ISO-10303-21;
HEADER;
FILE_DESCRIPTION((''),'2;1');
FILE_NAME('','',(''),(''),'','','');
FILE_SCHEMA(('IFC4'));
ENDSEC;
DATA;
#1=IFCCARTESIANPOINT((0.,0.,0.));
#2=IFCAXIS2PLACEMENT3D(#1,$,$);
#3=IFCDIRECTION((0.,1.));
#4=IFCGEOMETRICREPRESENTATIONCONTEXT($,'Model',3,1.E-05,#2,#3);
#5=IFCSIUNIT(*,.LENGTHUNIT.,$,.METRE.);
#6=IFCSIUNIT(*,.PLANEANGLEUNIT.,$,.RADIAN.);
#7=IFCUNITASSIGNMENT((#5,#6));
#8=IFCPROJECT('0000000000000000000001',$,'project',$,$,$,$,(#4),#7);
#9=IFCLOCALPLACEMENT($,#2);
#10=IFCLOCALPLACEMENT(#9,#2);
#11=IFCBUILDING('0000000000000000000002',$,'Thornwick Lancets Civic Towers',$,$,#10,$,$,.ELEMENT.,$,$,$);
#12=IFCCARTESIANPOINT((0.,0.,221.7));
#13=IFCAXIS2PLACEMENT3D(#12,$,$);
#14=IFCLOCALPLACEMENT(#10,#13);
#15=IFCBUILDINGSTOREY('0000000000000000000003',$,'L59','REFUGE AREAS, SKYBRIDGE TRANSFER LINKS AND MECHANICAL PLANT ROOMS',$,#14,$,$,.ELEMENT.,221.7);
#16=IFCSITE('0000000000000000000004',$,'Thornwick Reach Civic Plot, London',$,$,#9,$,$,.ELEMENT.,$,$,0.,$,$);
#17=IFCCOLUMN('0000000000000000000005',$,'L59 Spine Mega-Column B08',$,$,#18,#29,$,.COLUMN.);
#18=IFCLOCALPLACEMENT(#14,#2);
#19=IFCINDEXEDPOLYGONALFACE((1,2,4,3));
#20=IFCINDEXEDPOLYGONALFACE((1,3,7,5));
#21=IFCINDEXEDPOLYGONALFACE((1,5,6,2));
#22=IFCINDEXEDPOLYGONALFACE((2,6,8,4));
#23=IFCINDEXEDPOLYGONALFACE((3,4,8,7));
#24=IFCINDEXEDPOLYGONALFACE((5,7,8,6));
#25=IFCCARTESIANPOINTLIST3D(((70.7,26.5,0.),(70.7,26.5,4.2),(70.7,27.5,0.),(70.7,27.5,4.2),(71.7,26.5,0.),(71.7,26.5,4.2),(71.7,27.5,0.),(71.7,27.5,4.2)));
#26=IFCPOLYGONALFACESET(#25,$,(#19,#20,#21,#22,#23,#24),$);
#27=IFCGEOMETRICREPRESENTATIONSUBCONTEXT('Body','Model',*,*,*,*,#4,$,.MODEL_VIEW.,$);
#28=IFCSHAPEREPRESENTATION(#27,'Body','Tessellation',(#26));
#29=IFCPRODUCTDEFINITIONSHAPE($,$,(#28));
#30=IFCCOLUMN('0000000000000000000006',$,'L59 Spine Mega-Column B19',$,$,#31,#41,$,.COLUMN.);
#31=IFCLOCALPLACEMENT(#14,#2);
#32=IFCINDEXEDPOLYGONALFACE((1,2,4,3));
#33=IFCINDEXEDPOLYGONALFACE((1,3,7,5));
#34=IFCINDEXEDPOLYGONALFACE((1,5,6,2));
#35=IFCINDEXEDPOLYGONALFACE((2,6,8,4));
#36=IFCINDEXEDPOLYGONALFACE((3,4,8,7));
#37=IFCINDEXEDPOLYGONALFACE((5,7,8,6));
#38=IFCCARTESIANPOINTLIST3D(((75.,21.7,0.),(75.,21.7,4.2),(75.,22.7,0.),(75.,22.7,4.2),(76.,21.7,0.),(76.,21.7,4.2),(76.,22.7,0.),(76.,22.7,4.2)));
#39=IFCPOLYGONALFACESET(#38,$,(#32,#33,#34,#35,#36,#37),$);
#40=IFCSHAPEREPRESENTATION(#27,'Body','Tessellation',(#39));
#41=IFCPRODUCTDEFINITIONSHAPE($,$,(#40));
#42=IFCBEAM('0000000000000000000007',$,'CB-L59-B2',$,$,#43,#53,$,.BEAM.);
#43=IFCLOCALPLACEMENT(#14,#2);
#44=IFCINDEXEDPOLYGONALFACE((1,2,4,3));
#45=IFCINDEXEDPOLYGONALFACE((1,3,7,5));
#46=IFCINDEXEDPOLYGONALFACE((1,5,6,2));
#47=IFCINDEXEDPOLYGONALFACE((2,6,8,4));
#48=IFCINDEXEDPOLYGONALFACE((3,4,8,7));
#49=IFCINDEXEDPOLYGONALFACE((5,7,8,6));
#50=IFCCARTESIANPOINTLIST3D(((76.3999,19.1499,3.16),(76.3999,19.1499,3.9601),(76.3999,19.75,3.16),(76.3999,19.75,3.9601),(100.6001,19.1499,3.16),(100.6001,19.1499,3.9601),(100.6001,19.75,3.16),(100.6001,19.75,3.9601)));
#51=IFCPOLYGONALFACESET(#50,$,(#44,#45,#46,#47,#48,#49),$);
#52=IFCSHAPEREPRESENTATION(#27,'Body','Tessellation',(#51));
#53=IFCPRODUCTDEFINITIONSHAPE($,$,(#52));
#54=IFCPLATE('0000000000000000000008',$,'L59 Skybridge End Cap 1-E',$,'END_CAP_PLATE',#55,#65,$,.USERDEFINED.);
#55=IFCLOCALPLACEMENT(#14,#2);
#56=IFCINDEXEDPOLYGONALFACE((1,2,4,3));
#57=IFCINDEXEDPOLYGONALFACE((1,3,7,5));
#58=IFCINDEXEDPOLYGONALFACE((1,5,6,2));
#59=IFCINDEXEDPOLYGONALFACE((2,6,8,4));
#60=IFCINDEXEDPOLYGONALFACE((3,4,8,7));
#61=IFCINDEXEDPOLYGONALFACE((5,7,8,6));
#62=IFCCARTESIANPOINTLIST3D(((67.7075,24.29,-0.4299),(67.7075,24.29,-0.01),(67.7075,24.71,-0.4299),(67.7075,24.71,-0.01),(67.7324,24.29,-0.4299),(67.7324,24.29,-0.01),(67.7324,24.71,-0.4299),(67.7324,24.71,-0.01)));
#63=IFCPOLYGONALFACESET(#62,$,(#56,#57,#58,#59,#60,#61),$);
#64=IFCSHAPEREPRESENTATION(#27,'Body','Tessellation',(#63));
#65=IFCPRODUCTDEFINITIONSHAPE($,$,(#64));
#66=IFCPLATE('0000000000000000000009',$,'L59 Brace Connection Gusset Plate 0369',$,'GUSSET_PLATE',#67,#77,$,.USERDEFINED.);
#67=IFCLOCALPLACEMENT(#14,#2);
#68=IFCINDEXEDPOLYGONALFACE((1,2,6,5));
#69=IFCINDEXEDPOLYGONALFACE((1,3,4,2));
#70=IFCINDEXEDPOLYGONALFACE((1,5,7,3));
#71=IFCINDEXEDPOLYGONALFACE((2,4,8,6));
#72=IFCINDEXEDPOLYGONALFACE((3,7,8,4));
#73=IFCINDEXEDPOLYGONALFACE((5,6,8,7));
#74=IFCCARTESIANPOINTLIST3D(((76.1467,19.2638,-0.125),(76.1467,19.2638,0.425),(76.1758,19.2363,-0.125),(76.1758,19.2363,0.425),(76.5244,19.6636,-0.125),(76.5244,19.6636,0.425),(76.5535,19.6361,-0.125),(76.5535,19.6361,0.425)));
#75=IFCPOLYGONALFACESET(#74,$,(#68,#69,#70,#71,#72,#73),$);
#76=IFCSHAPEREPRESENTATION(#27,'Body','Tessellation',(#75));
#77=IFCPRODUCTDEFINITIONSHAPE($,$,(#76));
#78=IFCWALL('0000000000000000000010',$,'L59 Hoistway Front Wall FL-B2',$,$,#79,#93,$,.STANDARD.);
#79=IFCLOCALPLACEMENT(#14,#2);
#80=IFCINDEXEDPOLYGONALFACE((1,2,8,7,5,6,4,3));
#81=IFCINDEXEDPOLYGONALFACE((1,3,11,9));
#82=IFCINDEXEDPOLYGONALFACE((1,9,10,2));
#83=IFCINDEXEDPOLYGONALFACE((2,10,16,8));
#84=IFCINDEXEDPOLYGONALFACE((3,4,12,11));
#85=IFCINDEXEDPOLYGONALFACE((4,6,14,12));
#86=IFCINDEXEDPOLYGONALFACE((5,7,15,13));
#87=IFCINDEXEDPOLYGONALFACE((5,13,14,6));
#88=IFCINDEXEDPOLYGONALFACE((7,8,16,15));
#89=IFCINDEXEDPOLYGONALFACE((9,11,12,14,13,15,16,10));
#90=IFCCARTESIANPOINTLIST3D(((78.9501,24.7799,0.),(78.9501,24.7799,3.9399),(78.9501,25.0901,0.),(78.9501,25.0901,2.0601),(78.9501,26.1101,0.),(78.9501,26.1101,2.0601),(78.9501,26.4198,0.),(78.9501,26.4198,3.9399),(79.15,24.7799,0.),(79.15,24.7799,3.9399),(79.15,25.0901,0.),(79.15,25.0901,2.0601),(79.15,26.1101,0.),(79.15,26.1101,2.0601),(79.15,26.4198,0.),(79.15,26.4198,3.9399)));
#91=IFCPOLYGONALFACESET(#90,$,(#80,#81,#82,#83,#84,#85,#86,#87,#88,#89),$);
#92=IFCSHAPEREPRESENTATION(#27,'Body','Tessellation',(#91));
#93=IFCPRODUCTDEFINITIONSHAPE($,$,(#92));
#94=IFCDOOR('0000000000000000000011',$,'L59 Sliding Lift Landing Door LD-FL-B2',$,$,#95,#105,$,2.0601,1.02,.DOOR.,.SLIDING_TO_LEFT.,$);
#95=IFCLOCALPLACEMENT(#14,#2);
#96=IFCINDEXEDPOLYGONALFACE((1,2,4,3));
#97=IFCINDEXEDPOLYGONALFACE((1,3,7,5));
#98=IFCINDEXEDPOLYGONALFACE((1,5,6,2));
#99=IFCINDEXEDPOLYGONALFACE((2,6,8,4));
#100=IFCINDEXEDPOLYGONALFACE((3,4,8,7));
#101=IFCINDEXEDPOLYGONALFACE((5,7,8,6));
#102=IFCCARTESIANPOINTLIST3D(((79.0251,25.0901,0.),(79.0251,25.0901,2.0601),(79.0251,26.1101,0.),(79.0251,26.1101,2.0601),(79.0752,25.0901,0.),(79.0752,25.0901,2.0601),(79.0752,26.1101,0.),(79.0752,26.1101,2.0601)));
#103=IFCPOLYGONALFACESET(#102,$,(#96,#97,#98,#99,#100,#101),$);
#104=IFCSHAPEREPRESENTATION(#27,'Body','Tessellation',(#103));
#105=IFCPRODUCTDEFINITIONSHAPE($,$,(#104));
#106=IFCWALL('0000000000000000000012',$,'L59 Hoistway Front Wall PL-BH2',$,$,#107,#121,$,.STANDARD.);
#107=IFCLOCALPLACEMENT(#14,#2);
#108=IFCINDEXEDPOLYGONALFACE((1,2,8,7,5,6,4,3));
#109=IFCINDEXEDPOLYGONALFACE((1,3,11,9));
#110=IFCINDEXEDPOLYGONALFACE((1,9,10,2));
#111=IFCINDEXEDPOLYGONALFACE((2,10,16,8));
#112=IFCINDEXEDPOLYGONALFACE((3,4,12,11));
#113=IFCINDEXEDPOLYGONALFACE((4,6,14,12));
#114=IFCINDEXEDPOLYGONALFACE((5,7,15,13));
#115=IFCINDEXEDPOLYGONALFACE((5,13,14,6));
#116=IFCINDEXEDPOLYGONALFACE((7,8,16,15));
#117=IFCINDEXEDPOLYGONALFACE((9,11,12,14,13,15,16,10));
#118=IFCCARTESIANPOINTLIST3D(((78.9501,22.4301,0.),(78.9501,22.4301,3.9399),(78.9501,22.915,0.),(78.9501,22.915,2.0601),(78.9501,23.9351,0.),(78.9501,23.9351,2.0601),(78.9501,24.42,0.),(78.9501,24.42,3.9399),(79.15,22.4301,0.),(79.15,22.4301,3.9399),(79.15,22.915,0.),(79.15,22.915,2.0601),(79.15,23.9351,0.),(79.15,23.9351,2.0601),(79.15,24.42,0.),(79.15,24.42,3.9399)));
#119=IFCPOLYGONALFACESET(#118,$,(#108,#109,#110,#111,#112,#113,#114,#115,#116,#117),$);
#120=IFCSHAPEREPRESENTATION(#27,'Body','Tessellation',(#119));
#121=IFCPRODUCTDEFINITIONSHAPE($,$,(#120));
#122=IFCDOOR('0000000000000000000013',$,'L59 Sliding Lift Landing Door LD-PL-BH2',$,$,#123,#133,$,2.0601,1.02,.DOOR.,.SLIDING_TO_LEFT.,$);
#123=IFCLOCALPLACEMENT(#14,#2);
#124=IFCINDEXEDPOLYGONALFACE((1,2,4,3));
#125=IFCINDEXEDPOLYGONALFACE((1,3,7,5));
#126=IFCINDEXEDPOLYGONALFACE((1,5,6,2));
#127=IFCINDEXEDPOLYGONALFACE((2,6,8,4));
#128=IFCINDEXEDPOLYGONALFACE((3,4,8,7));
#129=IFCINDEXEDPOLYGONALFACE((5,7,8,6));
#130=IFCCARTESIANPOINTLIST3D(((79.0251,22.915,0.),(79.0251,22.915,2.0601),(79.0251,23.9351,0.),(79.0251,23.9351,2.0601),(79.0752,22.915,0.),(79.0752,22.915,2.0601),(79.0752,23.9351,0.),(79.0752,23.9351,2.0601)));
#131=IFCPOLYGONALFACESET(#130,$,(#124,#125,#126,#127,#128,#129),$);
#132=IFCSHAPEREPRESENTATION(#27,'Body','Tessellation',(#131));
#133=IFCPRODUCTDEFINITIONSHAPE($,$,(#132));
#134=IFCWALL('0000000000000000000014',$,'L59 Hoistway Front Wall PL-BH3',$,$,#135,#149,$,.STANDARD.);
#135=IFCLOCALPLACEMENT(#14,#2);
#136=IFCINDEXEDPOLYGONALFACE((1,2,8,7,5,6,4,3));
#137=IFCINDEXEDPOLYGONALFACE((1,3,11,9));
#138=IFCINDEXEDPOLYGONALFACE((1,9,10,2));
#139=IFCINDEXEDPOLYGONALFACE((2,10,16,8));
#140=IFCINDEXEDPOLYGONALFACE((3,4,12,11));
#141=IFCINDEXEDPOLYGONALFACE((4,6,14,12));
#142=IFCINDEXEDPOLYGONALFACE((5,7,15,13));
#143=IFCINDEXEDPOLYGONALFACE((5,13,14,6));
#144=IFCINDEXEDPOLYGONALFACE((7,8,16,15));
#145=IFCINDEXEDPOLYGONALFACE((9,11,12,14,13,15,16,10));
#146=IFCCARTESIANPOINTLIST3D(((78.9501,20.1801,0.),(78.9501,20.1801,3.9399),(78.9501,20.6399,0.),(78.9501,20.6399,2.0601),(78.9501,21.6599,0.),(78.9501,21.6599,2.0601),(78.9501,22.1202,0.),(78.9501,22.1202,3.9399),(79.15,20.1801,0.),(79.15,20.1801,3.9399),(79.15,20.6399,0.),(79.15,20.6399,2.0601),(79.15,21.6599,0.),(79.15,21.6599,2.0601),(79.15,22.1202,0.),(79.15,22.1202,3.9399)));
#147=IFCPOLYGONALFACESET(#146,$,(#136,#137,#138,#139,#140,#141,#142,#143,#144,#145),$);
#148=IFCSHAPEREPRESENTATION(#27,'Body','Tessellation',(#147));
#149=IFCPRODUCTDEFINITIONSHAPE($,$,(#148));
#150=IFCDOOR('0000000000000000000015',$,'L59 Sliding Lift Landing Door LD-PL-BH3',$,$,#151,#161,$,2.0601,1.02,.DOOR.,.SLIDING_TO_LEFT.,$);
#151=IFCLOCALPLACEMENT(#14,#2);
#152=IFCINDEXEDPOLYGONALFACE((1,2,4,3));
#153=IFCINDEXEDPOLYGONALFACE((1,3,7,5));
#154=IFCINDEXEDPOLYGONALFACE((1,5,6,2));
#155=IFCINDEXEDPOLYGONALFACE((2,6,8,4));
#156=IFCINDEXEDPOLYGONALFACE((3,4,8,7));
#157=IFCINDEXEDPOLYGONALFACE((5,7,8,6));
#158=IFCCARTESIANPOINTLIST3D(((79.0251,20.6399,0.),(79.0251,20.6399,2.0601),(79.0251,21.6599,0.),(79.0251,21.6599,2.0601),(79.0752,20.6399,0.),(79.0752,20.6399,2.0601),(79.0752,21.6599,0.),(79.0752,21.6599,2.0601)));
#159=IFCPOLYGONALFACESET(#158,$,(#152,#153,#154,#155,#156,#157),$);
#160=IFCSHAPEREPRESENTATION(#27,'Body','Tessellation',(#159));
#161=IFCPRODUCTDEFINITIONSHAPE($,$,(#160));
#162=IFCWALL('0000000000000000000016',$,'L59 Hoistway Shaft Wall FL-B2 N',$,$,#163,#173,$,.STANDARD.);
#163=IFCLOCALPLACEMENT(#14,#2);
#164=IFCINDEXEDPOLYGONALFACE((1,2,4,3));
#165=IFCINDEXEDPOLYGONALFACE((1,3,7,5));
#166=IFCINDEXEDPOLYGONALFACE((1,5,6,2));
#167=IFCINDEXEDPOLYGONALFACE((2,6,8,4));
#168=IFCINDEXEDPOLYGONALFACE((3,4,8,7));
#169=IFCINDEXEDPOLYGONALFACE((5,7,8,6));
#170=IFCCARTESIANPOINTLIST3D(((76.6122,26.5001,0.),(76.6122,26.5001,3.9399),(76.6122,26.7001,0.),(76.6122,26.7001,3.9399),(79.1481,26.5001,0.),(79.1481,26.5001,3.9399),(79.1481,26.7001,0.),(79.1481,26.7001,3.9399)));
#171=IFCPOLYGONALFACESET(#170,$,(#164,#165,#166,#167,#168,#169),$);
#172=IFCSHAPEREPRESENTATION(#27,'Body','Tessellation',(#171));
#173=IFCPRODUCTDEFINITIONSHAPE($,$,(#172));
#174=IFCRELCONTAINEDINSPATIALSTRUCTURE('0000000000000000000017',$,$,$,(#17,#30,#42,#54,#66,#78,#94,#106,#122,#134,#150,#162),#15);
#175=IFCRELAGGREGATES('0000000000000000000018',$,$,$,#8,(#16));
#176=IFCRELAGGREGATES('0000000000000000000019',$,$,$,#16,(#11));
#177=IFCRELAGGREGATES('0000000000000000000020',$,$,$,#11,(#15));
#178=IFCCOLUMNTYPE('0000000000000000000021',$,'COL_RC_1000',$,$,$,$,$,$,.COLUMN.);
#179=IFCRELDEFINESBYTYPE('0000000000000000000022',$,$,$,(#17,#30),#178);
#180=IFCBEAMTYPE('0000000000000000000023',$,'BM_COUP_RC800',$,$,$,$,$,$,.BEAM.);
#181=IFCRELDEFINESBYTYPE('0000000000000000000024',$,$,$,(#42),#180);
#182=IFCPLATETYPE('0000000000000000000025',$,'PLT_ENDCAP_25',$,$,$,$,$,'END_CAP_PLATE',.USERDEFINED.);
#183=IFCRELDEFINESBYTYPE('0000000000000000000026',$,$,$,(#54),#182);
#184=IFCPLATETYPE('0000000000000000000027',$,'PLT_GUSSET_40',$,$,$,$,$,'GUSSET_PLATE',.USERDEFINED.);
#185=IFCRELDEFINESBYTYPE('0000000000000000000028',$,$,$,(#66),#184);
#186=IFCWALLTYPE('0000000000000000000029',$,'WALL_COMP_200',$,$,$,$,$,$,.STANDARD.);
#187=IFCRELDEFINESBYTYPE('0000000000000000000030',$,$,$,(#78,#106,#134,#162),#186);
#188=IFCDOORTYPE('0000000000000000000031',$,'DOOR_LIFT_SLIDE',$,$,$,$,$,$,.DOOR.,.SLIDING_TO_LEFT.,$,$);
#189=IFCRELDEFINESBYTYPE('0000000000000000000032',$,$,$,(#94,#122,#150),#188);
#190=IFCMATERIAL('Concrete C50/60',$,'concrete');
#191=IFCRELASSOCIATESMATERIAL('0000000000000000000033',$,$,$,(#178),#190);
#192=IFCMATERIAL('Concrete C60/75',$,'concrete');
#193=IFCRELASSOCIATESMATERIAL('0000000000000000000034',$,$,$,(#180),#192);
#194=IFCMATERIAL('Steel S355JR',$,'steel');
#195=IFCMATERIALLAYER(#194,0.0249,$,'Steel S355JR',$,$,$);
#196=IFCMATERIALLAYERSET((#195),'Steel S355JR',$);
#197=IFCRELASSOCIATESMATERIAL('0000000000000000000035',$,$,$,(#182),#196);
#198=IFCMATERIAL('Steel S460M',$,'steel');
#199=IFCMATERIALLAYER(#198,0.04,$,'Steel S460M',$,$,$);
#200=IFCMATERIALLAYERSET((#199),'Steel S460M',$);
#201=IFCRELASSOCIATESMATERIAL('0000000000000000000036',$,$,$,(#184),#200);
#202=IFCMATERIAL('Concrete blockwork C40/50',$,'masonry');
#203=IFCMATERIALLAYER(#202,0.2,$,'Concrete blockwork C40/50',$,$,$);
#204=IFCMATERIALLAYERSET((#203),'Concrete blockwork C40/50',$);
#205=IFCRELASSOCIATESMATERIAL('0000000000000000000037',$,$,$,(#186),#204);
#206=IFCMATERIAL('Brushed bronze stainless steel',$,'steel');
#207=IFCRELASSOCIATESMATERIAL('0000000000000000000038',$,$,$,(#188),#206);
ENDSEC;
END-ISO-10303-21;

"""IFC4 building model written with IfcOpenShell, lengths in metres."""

from ifc_helpers import new_model, si_unit, direction, frame, frame_2d, origin, origin_2d, place, context, subcontext, project, spatial, rectangle, extrude, material, layer, layer_set, material_profile, profile_set, type_object, element, fill, save


model = new_model("IFC4")

# Units and contexts
model_context = context("Model", 3, precision=1e-05, world=origin(), true_north=direction((0.0, 1.0)))
body_context = subcontext(model_context, "Body", "Model", "MODEL_VIEW")
ifc_project = project(units=[si_unit("LENGTHUNIT", "METRE"), si_unit("PLANEANGLEUNIT", "RADIAN")], contexts=[model_context])

# Site, building, storey
site_placement = place(None, origin())
site = spatial("IfcSite", under=ifc_project, at=site_placement, Name="Thornwick Reach Civic Plot, London", CompositionType="ELEMENT", RefElevation=0.0)
building_placement = place(site_placement, origin())
building = spatial("IfcBuilding", under=site, at=building_placement, Name="Thornwick Lancets Civic Towers", CompositionType="ELEMENT")
storey_placement = place(building_placement, frame((0.0, 0.0, 221.7)))
storey = spatial("IfcBuildingStorey", under=building, at=storey_placement, Name="L59", Description="REFUGE AREAS, SKYBRIDGE TRANSFER LINKS AND MECHANICAL PLANT ROOMS", CompositionType="ELEMENT", Elevation=221.7)

# Columns
ifc_material_1 = material(Name="Concrete C50/60", Category="concrete")
ifc_material_profile_1 = material_profile(ifc_material_1, rectangle(XDim=1.0, YDim=1.0, at=origin_2d()), Name="RC 1000x1000")
ifc_profile_set_1 = profile_set([ifc_material_profile_1], Name="Concrete C50/60")
column_type = type_object("IfcColumnType", Name="COL_RC_1000", PredefinedType="COLUMN", material=ifc_profile_set_1)
for number, where, z_axis, x_axis, name in (
    (1, (71.2, 27.0, 0.0), (0.0, 0.0, 1.0), (1.0, 0.0, 0.0), "L59 Spine Mega-Column B08"),
    (2, (75.5, 22.2, 0.0), (0.0, 0.0, 1.0), (1.0, 0.0, 0.0), "L59 Spine Mega-Column B19"),
):
    element("IfcColumn", number, at=place(storey_placement, frame(where, z_axis=z_axis, x_axis=x_axis)), inside=storey, type_object=column_type, Name=name, PredefinedType="COLUMN", context=body_context, shape_type="SweptSolid", body=[
        extrude(rectangle(XDim=1.0, YDim=1.0, at=origin_2d()), origin(), (0.0, 0.0, 1.0), 4.2),
    ])

# Beam
ifc_material_2 = material(Name="Concrete C60/75", Category="concrete")
ifc_material_profile_2 = material_profile(ifc_material_2, rectangle(XDim=0.6001, YDim=0.8, at=origin_2d()), Name="RC 600x800")
ifc_profile_set_2 = profile_set([ifc_material_profile_2], Name="Concrete C60/75")
beam_type = type_object("IfcBeamType", Name="BM_COUP_RC800", PredefinedType="BEAM", material=ifc_profile_set_2)
beam_placement = place(storey_placement, frame((76.3999, 19.45, 3.5601), z_axis=(1.0, 0.0, 0.0), x_axis=(0.0, 1.0, 0.0)))
element("IfcBeam", 3, at=beam_placement, inside=storey, type_object=beam_type, Name="CB-L59-B2", PredefinedType="BEAM", context=body_context, shape_type="SweptSolid", body=[
    extrude(rectangle(XDim=0.6001, YDim=0.8, at=origin_2d()), origin(), (0.0, 0.0, 1.0), 24.2002),
])

# Plates
ifc_material_3 = material(Name="Steel S355JR", Category="steel")
ifc_layer_1 = layer(ifc_material_3, 0.0249, Name="Steel S355JR")
ifc_layer_set_1 = layer_set([ifc_layer_1], Name="Steel S355JR")
plate_type_1 = type_object("IfcPlateType", Name="PLT_ENDCAP_25", ElementType="END_CAP_PLATE", PredefinedType="USERDEFINED", material=ifc_layer_set_1)
plate_1_placement = place(storey_placement, frame((67.72, 24.5, -0.4299), z_axis=(0.0, 0.0, 1.0), x_axis=(1.0, 0.0, 0.0)))
element("IfcPlate", 4, at=plate_1_placement, inside=storey, type_object=plate_type_1, Name="L59 Skybridge End Cap 1-E", ObjectType="END_CAP_PLATE", PredefinedType="USERDEFINED", context=body_context, shape_type="SweptSolid", body=[
    extrude(rectangle(XDim=0.0249, YDim=0.4199, at=origin_2d()), origin(), (0.0, 0.0, 1.0), 0.4199),
])
ifc_material_4 = material(Name="Steel S460M", Category="steel")
ifc_layer_2 = layer(ifc_material_4, 0.04, Name="Steel S460M")
ifc_layer_set_2 = layer_set([ifc_layer_2], Name="Steel S460M")
plate_type_2 = type_object("IfcPlateType", Name="PLT_GUSSET_40", ElementType="GUSSET_PLATE", PredefinedType="USERDEFINED", material=ifc_layer_set_2)
plate_2_placement = place(storey_placement, frame((76.3501, 19.45, -0.125), z_axis=(0.0, 0.0, 1.0), x_axis=(-0.686834, -0.726814, 0.0)))
element("IfcPlate", 5, at=plate_2_placement, inside=storey, type_object=plate_type_2, Name="L59 Brace Connection Gusset Plate 0369", ObjectType="GUSSET_PLATE", PredefinedType="USERDEFINED", context=body_context, shape_type="SweptSolid", body=[
    extrude(rectangle(XDim=0.55, YDim=0.04, at=origin_2d()), origin(), (0.0, 0.0, 1.0), 0.55),
])

# Walls, openings, doors
ifc_material_5 = material(Name="Concrete blockwork C40/50", Category="masonry")
ifc_layer_3 = layer(ifc_material_5, 0.2, Name="Concrete blockwork C40/50")
ifc_layer_set_3 = layer_set([ifc_layer_3], Name="Concrete blockwork C40/50")
wall_type_1 = type_object("IfcWallType", Name="WALL_COMP_200", PredefinedType="STANDARD", material=ifc_layer_set_3)
wall_1_placement = place(storey_placement, frame((79.05, 24.78, 0.0), z_axis=(0.0, 0.0, 1.0), x_axis=(0.0, 1.0, 0.0)))
wall_1 = element("IfcWall", 6, at=wall_1_placement, inside=storey, type_object=wall_type_1, Name="L59 Hoistway Front Wall FL-B2", PredefinedType="STANDARD", context=body_context, shape_type="SweptSolid", body=[
    extrude(rectangle(XDim=1.6399, YDim=0.2, at=frame_2d((0.8198, 0.0))), origin(), (0.0, 0.0, 1.0), 3.9399),
])
opening_1_placement = place(wall_1_placement, frame((0.3101, 0.0, 0.0)))
opening_1 = element("IfcOpeningElement", 7, at=opening_1_placement, cuts=wall_1, PredefinedType="OPENING", context=body_context, shape_type="SweptSolid", body=[
    extrude(rectangle(XDim=1.02, YDim=2.0601, at=frame_2d((0.51, 1.03))), frame((0.0, 0.1099, 0.0), z_axis=(0.0, -1.0, 0.0), x_axis=(1.0, 0.0, 0.0)), (0.0, 0.0, 1.0), 0.22),
])
ifc_material_6 = material(Name="Brushed bronze stainless steel", Category="steel")
door_type_1 = type_object("IfcDoorType", Name="DOOR_LIFT_SLIDE", OperationType="SLIDING_TO_LEFT", PredefinedType="DOOR", material=ifc_material_6)
door_1_placement = place(opening_1_placement, origin())
door_1 = element("IfcDoor", 8, at=door_1_placement, inside=storey, type_object=door_type_1, Name="L59 Sliding Lift Landing Door LD-FL-B2", OperationType="SLIDING_TO_LEFT", OverallHeight=2.0601, OverallWidth=1.02, PredefinedType="DOOR", context=body_context, shape_type="SweptSolid", body=[
    extrude(rectangle(XDim=1.02, YDim=2.0601, at=frame_2d((0.51, 1.03))), frame((0.0, 0.0249, 0.0), z_axis=(0.0, -1.0, 0.0), x_axis=(1.0, 0.0, 0.0)), (0.0, 0.0, 1.0), 0.05),
])
fill(opening_1, door_1)
wall_2_placement = place(storey_placement, frame((79.05, 22.4299, 0.0), z_axis=(0.0, 0.0, 1.0), x_axis=(0.0, 1.0, 0.0)))
wall_2 = element("IfcWall", 9, at=wall_2_placement, inside=storey, type_object=wall_type_1, Name="L59 Hoistway Front Wall PL-BH2", PredefinedType="STANDARD", context=body_context, shape_type="SweptSolid", body=[
    extrude(rectangle(XDim=1.99, YDim=0.2, at=frame_2d((0.9951, 0.0))), origin(), (0.0, 0.0, 1.0), 3.9399),
])
opening_2_placement = place(wall_2_placement, frame((0.4851, 0.0, 0.0)))
opening_2 = element("IfcOpeningElement", 10, at=opening_2_placement, cuts=wall_2, PredefinedType="OPENING", context=body_context, shape_type="SweptSolid", body=[
    extrude(rectangle(XDim=1.02, YDim=2.0601, at=frame_2d((0.51, 1.03))), frame((0.0, 0.1099, 0.0), z_axis=(0.0, -1.0, 0.0), x_axis=(1.0, 0.0, 0.0)), (0.0, 0.0, 1.0), 0.22),
])
door_2_placement = place(opening_2_placement, origin())
door_2 = element("IfcDoor", 11, at=door_2_placement, inside=storey, type_object=door_type_1, Name="L59 Sliding Lift Landing Door LD-PL-BH2", OperationType="SLIDING_TO_LEFT", OverallHeight=2.0601, OverallWidth=1.02, PredefinedType="DOOR", context=body_context, shape_type="SweptSolid", body=[
    extrude(rectangle(XDim=1.02, YDim=2.0601, at=frame_2d((0.51, 1.03))), frame((0.0, 0.0249, 0.0), z_axis=(0.0, -1.0, 0.0), x_axis=(1.0, 0.0, 0.0)), (0.0, 0.0, 1.0), 0.05),
])
fill(opening_2, door_2)
wall_3_placement = place(storey_placement, frame((79.05, 20.1799, 0.0), z_axis=(0.0, 0.0, 1.0), x_axis=(0.0, 1.0, 0.0)))
wall_3 = element("IfcWall", 12, at=wall_3_placement, inside=storey, type_object=wall_type_1, Name="L59 Hoistway Front Wall PL-BH3", PredefinedType="STANDARD", context=body_context, shape_type="SweptSolid", body=[
    extrude(rectangle(XDim=1.9402, YDim=0.2, at=frame_2d((0.9702, 0.0))), origin(), (0.0, 0.0, 1.0), 3.9399),
])
opening_3_placement = place(wall_3_placement, frame((0.46, 0.0, 0.0)))
opening_3 = element("IfcOpeningElement", 13, at=opening_3_placement, cuts=wall_3, PredefinedType="OPENING", context=body_context, shape_type="SweptSolid", body=[
    extrude(rectangle(XDim=1.02, YDim=2.0601, at=frame_2d((0.51, 1.03))), frame((0.0, 0.1099, 0.0), z_axis=(0.0, -1.0, 0.0), x_axis=(1.0, 0.0, 0.0)), (0.0, 0.0, 1.0), 0.22),
])
door_3_placement = place(opening_3_placement, origin())
door_3 = element("IfcDoor", 14, at=door_3_placement, inside=storey, type_object=door_type_1, Name="L59 Sliding Lift Landing Door LD-PL-BH3", OperationType="SLIDING_TO_LEFT", OverallHeight=2.0601, OverallWidth=1.02, PredefinedType="DOOR", context=body_context, shape_type="SweptSolid", body=[
    extrude(rectangle(XDim=1.02, YDim=2.0601, at=frame_2d((0.51, 1.03))), frame((0.0, 0.0249, 0.0), z_axis=(0.0, -1.0, 0.0), x_axis=(1.0, 0.0, 0.0)), (0.0, 0.0, 1.0), 0.05),
])
fill(opening_3, door_3)

# Wall
for number, where, z_axis, x_axis, name in (
    (15, (76.6121, 26.6001, 0.0), (0.0, 0.0, 1.0), (1.0, 0.0, 0.0), "L59 Hoistway Shaft Wall FL-B2 N"),
):
    element("IfcWall", number, at=place(storey_placement, frame(where, z_axis=z_axis, x_axis=x_axis)), inside=storey, type_object=wall_type_1, Name=name, PredefinedType="STANDARD", context=body_context, shape_type="SweptSolid", body=[
        extrude(rectangle(XDim=2.5359, YDim=0.2, at=frame_2d((1.2681, 0.0))), origin(), (0.0, 0.0, 1.0), 3.9399),
    ])

save(model, "model.ifc")
